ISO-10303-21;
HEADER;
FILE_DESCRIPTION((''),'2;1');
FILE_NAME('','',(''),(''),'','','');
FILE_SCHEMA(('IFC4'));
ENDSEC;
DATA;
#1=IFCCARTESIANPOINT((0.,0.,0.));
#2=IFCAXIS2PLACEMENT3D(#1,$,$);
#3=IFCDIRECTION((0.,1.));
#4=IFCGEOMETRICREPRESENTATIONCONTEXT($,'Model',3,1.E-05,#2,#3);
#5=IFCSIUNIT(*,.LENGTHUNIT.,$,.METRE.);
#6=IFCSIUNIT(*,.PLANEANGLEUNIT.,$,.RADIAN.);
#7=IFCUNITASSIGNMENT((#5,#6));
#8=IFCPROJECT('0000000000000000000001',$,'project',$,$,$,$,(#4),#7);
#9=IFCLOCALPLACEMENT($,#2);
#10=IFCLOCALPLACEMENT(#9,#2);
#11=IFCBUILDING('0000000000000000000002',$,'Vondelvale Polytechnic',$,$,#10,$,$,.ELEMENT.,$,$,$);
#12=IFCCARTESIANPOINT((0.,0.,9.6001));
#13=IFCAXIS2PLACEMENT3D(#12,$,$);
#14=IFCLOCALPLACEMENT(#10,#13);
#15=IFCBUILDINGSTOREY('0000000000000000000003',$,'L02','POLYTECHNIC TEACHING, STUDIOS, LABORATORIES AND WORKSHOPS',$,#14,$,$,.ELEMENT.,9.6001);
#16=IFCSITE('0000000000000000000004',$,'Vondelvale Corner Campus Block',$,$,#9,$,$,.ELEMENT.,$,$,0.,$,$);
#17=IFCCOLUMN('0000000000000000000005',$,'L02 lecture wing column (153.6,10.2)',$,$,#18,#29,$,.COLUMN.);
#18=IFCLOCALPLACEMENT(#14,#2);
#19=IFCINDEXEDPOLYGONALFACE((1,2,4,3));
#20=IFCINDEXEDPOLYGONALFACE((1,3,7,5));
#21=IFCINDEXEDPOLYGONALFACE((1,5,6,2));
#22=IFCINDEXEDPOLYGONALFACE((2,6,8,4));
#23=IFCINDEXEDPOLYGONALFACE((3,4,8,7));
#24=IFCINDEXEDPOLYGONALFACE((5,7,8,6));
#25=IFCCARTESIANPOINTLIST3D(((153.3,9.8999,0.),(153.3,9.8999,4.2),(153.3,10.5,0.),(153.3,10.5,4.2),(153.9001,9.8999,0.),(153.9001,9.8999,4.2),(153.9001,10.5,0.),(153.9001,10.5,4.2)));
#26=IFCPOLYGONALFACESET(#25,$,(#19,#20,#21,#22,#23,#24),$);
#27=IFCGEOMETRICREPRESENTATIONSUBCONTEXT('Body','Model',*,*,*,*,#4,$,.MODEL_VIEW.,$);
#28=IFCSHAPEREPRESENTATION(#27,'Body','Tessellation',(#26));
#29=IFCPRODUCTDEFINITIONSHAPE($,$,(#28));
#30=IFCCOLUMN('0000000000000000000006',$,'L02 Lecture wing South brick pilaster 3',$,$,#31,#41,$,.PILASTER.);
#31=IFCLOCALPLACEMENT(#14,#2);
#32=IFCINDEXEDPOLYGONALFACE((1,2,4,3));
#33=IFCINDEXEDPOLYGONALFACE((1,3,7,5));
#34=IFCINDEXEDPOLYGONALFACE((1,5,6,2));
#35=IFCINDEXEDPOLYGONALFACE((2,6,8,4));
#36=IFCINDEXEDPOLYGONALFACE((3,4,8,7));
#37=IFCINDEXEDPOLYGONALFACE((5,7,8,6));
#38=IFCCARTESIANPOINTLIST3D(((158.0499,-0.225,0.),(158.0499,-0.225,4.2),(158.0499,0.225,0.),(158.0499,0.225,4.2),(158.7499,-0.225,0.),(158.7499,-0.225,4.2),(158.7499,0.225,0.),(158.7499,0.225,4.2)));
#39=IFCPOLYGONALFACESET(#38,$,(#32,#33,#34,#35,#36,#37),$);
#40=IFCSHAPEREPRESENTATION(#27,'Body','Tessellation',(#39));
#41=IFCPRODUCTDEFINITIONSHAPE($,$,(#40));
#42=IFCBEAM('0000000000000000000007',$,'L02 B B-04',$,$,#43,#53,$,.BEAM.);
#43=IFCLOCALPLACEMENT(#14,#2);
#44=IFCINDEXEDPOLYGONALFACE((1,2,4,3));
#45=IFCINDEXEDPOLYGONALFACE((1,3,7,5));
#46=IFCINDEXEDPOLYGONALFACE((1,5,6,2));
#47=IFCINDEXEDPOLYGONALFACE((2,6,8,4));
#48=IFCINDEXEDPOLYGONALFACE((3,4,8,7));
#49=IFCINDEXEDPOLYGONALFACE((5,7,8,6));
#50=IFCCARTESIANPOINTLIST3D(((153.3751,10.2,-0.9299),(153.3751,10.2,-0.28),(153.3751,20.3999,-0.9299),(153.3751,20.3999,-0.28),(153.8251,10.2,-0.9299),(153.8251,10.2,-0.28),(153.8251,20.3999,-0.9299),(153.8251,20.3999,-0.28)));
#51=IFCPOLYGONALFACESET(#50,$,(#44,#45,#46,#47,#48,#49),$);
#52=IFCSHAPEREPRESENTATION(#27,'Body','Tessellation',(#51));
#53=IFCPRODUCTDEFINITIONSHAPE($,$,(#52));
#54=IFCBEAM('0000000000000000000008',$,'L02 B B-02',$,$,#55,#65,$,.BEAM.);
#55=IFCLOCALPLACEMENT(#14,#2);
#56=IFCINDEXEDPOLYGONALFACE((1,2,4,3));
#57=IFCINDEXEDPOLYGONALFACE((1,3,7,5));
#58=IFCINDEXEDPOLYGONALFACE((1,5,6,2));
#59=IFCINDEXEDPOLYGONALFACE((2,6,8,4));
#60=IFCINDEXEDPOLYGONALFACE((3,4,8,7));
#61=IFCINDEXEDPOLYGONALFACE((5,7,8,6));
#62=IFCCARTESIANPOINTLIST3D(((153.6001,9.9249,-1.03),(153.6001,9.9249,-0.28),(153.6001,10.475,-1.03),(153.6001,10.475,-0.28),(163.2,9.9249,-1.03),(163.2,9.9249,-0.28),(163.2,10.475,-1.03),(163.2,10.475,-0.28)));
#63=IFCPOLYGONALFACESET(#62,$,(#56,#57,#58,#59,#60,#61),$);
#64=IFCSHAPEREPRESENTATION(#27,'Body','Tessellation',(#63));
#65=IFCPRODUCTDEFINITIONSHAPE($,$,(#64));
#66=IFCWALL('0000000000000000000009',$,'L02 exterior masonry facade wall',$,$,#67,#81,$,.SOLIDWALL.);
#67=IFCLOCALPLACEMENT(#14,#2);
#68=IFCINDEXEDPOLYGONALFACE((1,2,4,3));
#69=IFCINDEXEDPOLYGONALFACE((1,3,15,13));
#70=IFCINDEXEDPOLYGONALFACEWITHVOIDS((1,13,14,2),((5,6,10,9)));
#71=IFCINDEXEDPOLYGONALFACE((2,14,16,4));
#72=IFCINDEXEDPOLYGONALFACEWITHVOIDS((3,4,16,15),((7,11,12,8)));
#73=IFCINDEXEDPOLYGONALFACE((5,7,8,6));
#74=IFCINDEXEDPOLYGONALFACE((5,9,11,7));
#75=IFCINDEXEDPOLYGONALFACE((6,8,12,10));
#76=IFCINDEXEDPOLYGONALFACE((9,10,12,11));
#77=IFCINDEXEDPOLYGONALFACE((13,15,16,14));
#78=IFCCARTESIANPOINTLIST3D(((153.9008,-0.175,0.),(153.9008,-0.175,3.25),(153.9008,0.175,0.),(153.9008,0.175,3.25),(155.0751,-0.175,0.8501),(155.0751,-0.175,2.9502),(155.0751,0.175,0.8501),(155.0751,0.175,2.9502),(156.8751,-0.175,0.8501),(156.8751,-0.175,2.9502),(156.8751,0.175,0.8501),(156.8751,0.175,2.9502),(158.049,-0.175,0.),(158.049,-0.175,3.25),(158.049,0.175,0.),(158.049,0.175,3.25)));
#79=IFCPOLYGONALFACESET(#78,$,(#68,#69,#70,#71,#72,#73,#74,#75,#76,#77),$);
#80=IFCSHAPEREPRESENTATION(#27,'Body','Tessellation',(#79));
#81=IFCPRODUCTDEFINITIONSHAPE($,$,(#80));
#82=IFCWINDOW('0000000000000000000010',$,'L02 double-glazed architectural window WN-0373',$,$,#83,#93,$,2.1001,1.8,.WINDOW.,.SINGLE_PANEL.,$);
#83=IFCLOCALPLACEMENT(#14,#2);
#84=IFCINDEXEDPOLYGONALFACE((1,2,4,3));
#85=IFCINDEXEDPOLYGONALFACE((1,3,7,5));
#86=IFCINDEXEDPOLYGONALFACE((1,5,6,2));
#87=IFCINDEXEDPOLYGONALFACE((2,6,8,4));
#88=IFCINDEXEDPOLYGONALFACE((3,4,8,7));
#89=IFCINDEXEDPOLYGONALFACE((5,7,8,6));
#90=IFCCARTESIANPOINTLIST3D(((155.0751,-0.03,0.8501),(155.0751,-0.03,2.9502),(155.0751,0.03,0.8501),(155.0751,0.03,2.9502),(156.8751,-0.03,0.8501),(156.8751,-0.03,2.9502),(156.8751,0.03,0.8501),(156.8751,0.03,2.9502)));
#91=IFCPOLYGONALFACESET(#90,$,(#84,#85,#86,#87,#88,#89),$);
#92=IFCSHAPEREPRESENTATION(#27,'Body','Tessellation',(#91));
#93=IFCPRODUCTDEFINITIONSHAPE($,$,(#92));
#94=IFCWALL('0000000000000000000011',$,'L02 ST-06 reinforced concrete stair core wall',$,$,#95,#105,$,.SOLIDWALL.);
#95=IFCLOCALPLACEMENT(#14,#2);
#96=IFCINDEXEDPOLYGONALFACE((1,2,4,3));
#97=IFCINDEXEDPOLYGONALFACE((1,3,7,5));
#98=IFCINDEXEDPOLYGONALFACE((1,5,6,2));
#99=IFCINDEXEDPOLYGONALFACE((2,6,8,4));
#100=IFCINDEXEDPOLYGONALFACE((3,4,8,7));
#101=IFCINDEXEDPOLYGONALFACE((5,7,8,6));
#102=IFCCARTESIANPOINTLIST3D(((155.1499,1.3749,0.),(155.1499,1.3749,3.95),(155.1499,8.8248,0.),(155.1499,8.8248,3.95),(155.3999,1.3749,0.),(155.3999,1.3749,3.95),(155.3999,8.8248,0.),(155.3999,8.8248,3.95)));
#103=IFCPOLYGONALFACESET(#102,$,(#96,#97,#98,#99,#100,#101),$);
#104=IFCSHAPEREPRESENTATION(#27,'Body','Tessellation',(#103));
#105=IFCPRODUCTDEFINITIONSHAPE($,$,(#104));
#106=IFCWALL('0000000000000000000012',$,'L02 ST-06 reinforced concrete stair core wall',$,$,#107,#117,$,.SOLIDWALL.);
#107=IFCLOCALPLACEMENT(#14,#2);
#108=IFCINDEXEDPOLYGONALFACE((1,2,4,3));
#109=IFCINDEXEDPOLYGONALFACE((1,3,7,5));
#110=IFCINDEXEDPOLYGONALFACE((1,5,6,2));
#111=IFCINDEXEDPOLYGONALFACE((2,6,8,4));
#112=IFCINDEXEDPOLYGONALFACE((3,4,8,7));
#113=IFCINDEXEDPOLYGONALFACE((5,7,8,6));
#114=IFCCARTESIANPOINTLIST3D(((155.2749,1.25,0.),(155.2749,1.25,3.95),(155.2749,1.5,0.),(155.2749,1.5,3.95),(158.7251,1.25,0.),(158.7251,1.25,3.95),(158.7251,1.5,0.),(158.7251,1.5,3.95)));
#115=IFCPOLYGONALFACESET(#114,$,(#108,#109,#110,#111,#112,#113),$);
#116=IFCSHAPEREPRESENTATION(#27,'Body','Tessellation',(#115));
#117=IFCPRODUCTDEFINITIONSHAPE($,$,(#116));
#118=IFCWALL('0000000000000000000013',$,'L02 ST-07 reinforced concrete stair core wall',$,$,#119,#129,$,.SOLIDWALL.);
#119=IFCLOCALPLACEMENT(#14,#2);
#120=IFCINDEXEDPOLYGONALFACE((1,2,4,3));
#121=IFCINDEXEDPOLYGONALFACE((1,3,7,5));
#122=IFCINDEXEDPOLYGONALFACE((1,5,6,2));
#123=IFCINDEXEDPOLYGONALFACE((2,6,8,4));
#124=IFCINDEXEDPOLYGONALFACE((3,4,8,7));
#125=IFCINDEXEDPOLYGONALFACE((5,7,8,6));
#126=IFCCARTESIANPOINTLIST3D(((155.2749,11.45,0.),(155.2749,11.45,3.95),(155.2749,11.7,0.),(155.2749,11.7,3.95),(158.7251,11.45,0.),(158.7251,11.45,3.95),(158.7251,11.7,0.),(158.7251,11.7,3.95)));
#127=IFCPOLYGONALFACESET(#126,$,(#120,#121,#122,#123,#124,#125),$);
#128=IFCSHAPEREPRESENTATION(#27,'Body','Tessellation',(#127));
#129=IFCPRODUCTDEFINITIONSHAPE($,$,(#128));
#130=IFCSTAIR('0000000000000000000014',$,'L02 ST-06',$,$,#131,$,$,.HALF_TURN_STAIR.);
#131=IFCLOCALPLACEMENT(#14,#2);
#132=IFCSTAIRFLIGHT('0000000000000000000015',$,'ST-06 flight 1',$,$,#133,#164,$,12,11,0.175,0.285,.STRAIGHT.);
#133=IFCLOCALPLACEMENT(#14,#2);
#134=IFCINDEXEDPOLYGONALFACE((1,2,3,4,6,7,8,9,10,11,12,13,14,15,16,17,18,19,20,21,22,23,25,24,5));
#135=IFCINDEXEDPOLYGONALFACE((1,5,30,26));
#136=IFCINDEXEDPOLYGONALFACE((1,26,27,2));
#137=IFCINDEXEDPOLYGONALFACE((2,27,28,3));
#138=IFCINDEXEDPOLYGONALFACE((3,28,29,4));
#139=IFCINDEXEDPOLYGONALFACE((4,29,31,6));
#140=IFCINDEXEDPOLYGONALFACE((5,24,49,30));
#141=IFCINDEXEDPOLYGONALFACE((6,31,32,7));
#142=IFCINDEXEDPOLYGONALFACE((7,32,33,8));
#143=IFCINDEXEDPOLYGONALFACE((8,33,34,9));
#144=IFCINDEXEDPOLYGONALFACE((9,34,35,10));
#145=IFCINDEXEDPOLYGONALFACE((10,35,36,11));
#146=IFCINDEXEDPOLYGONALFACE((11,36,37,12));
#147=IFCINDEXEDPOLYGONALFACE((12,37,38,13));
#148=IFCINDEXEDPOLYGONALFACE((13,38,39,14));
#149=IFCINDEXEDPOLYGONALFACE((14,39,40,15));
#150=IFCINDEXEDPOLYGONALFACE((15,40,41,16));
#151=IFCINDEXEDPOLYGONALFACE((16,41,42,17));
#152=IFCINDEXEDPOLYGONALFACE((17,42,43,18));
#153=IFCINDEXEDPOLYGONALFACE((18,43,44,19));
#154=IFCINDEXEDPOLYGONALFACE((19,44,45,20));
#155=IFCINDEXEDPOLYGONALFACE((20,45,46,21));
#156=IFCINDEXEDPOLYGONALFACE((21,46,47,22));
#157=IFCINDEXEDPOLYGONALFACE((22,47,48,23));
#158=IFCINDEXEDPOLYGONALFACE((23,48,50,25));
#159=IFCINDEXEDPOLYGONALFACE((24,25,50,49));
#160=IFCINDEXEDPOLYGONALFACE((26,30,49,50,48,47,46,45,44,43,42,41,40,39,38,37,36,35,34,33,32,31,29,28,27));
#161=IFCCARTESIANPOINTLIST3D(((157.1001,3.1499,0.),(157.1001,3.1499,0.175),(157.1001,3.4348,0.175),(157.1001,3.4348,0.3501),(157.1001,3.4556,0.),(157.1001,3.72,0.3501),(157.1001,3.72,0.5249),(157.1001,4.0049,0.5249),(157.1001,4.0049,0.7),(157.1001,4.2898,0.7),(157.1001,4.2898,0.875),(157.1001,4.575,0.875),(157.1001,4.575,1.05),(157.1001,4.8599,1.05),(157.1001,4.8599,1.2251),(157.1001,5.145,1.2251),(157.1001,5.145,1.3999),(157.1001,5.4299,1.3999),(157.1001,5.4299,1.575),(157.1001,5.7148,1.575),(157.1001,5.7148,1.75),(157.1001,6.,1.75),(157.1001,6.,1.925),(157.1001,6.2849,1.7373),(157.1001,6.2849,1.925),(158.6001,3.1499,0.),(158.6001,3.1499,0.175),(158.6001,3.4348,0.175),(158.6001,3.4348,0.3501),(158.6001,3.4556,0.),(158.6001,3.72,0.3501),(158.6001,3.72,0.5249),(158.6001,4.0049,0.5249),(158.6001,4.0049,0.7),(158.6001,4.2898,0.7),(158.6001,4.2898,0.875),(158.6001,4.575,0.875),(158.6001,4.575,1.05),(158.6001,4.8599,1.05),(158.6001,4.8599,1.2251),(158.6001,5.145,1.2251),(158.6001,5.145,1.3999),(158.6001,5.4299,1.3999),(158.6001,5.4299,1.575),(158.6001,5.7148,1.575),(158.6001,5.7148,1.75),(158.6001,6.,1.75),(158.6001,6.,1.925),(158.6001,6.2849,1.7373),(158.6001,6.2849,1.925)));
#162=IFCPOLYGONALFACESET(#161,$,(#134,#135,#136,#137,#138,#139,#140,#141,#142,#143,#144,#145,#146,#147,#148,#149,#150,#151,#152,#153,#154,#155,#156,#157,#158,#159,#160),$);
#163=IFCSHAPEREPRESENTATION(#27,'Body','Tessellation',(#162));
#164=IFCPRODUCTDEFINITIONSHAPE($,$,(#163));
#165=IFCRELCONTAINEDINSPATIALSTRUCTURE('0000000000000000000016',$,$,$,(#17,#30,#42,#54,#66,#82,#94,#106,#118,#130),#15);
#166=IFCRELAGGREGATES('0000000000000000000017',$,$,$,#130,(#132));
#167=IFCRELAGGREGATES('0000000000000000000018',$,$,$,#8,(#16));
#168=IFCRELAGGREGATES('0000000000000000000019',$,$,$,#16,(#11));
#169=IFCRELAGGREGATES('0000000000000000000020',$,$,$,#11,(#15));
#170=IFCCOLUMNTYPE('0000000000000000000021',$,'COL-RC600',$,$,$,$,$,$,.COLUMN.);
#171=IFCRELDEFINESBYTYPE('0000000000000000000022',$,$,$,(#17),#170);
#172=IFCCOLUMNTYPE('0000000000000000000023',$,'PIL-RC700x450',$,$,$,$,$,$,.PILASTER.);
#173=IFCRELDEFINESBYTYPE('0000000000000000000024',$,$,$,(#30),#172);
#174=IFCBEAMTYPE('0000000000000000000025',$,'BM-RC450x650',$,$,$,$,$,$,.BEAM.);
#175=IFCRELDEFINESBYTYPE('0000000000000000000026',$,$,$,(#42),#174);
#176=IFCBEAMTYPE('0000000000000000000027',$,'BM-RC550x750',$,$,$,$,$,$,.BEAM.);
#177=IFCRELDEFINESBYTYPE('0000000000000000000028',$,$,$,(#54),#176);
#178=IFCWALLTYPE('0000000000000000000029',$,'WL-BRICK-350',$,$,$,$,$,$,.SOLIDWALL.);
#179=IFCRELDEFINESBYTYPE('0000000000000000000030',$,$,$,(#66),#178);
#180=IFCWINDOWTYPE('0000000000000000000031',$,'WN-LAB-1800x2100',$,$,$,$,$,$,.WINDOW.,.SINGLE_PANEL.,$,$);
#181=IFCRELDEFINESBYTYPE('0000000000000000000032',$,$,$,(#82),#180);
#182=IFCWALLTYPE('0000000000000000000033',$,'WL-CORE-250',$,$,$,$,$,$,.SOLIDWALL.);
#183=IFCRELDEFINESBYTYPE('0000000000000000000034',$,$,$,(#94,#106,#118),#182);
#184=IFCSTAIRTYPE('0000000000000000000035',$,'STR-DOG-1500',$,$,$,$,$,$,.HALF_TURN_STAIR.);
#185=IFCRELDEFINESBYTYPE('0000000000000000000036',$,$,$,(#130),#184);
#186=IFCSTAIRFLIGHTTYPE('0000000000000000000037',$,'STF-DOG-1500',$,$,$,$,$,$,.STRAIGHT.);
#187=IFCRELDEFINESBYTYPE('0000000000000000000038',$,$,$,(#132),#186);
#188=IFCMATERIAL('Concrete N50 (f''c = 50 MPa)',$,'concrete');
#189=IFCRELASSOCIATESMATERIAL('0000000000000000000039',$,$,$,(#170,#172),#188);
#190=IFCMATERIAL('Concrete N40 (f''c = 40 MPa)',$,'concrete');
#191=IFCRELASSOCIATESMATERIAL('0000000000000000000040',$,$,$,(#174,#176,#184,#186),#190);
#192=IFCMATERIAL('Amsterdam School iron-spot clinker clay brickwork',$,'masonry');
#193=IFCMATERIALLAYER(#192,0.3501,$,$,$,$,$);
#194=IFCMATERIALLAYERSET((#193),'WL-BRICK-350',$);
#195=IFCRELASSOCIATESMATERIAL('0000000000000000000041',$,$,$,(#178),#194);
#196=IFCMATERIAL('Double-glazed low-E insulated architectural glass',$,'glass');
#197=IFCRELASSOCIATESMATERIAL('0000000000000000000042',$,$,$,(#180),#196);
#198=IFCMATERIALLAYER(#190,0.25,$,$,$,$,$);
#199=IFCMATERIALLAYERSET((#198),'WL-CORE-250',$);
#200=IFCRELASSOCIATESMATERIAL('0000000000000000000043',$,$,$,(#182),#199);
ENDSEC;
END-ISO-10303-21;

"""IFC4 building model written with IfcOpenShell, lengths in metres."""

from ifc_helpers import new_model, si_unit, direction, frame, frame_2d, origin, origin_2d, place, context, subcontext, project, spatial, polyline, rectangle, outline, extrude, material, layer, layer_set, material_profile, profile_set, type_object, element, fill, aggregate, save


model = new_model("IFC4")

# Units and contexts
model_context = context("Model", 3, precision=1e-05, world=origin(), true_north=direction((0.0, 1.0)))
body_context = subcontext(model_context, "Body", "Model", "MODEL_VIEW")
ifc_project = project(units=[si_unit("LENGTHUNIT", "METRE"), si_unit("PLANEANGLEUNIT", "RADIAN")], contexts=[model_context])

# Site, building, storey
site_placement = place(None, origin())
site = spatial("IfcSite", under=ifc_project, at=site_placement, Name="Vondelvale Corner Campus Block", CompositionType="ELEMENT", RefElevation=0.0)
building_placement = place(site_placement, origin())
building = spatial("IfcBuilding", under=site, at=building_placement, Name="Vondelvale Polytechnic", CompositionType="ELEMENT")
storey_placement = place(building_placement, frame((0.0, 0.0, 9.6001)))
storey = spatial("IfcBuildingStorey", under=building, at=storey_placement, Name="L02", Description="POLYTECHNIC TEACHING, STUDIOS, LABORATORIES AND WORKSHOPS", CompositionType="ELEMENT", Elevation=9.6001)

# Columns
ifc_material_1 = material(Name="Concrete N50 (f'c = 50 MPa)", Category="concrete")
ifc_material_profile_1 = material_profile(ifc_material_1, rectangle(XDim=0.6001, YDim=0.6001, at=origin_2d()), Name="RC-COL-600x600")
ifc_profile_set_1 = profile_set([ifc_material_profile_1], Name="Concrete N50 (f'c = 50 MPa)")
column_type_1 = type_object("IfcColumnType", Name="COL-RC600", PredefinedType="COLUMN", material=ifc_profile_set_1)
column_1_placement = place(storey_placement, frame((153.6001, 10.2, 0.0), z_axis=(0.0, 0.0, 1.0), x_axis=(1.0, 0.0, 0.0)))
element("IfcColumn", 1, at=column_1_placement, inside=storey, type_object=column_type_1, Name="L02 lecture wing column (153.6,10.2)", PredefinedType="COLUMN", context=body_context, shape_type="SweptSolid", body=[
    extrude(rectangle(XDim=0.6001, YDim=0.6001, at=origin_2d()), origin(), (0.0, 0.0, 1.0), 4.2),
])
ifc_material_profile_2 = material_profile(ifc_material_1, rectangle(XDim=0.45, YDim=0.7, at=origin_2d()), Name="RC-PIL-700x450")
ifc_profile_set_2 = profile_set([ifc_material_profile_2], Name="Concrete N50 (f'c = 50 MPa)")
column_type_2 = type_object("IfcColumnType", Name="PIL-RC700x450", PredefinedType="PILASTER", material=ifc_profile_set_2)
column_2_placement = place(storey_placement, frame((158.3999, 0.0, 0.0), z_axis=(0.0, 0.0, 1.0), x_axis=(0.0, 1.0, 0.0)))
element("IfcColumn", 2, at=column_2_placement, inside=storey, type_object=column_type_2, Name="L02 Lecture wing South brick pilaster 3", PredefinedType="PILASTER", context=body_context, shape_type="SweptSolid", body=[
    extrude(rectangle(XDim=0.45, YDim=0.7, at=origin_2d()), origin(), (0.0, 0.0, 1.0), 4.2),
])

# Beams
ifc_material_2 = material(Name="Concrete N40 (f'c = 40 MPa)", Category="concrete")
ifc_material_profile_3 = material_profile(ifc_material_2, rectangle(XDim=0.45, YDim=0.6499, at=origin_2d()), Name="RC-BM-450x650")
ifc_profile_set_3 = profile_set([ifc_material_profile_3], Name="Concrete N40 (f'c = 40 MPa)")
beam_type_1 = type_object("IfcBeamType", Name="BM-RC450x650", PredefinedType="BEAM", material=ifc_profile_set_3)
beam_1_placement = place(storey_placement, frame((153.6001, 10.2, -0.605), z_axis=(0.0, 1.0, 0.0), x_axis=(-1.0, 0.0, 0.0)))
element("IfcBeam", 3, at=beam_1_placement, inside=storey, type_object=beam_type_1, Name="L02 B B-04", PredefinedType="BEAM", context=body_context, shape_type="SweptSolid", body=[
    extrude(rectangle(XDim=0.45, YDim=0.6499, at=origin_2d()), origin(), (0.0, 0.0, 1.0), 10.2),
])
ifc_material_profile_4 = material_profile(ifc_material_2, rectangle(XDim=0.55, YDim=0.75, at=origin_2d()), Name="RC-BM-550x750")
ifc_profile_set_4 = profile_set([ifc_material_profile_4], Name="Concrete N40 (f'c = 40 MPa)")
beam_type_2 = type_object("IfcBeamType", Name="BM-RC550x750", PredefinedType="BEAM", material=ifc_profile_set_4)
beam_2_placement = place(storey_placement, frame((153.6001, 10.2, -0.655), z_axis=(1.0, 0.0, 0.0), x_axis=(0.0, 1.0, 0.0)))
element("IfcBeam", 4, at=beam_2_placement, inside=storey, type_object=beam_type_2, Name="L02 B B-02", PredefinedType="BEAM", context=body_context, shape_type="SweptSolid", body=[
    extrude(rectangle(XDim=0.55, YDim=0.75, at=origin_2d()), origin(), (0.0, 0.0, 1.0), 9.5999),
])

# Wall, opening, window
ifc_material_3 = material(Name="Amsterdam School iron-spot clinker clay brickwork", Category="masonry")
ifc_layer_1 = layer(ifc_material_3, 0.3501)
ifc_layer_set_1 = layer_set([ifc_layer_1], Name="WL-BRICK-350")
wall_type_1 = type_object("IfcWallType", Name="WL-BRICK-350", PredefinedType="SOLIDWALL", material=ifc_layer_set_1)
wall_1_placement = place(storey_placement, frame((158.0491, 0.0, 0.0), z_axis=(0.0, 0.0, 1.0), x_axis=(-1.0, 0.0, 0.0)))
wall_1 = element("IfcWall", 5, at=wall_1_placement, inside=storey, type_object=wall_type_1, Name="L02 exterior masonry facade wall", PredefinedType="SOLIDWALL", context=body_context, shape_type="SweptSolid", body=[
    extrude(rectangle(XDim=4.1482, YDim=0.3501, at=frame_2d((2.0742, 0.0))), origin(), (0.0, 0.0, 1.0), 3.25),
])
opening_placement = place(wall_1_placement, frame((1.1741, 0.0, 0.8501)))
opening = element("IfcOpeningElement", 6, at=opening_placement, cuts=wall_1, PredefinedType="OPENING", context=body_context, shape_type="SweptSolid", body=[
    extrude(rectangle(XDim=1.8, YDim=2.1001, at=frame_2d((0.8999, 1.05))), frame((0.0, 0.1851, 0.0), z_axis=(0.0, -1.0, 0.0), x_axis=(1.0, 0.0, 0.0)), (0.0, 0.0, 1.0), 0.3701),
])
ifc_material_4 = material(Name="Double-glazed low-E insulated architectural glass", Category="glass")
window_type = type_object("IfcWindowType", Name="WN-LAB-1800x2100", PartitioningType="SINGLE_PANEL", PredefinedType="WINDOW", material=ifc_material_4)
window_placement = place(opening_placement, origin())
window = element("IfcWindow", 7, at=window_placement, inside=storey, type_object=window_type, Name="L02 double-glazed architectural window WN-0373", OverallHeight=2.1001, OverallWidth=1.8, PartitioningType="SINGLE_PANEL", PredefinedType="WINDOW", context=body_context, shape_type="SweptSolid", body=[
    extrude(rectangle(XDim=1.8, YDim=2.1001, at=frame_2d((0.8999, 1.05))), frame((0.0, 0.03, 0.0), z_axis=(0.0, -1.0, 0.0), x_axis=(1.0, 0.0, 0.0)), (0.0, 0.0, 1.0), 0.0601),
])
fill(opening, window)

# Walls
ifc_layer_2 = layer(ifc_material_2, 0.25)
ifc_layer_set_2 = layer_set([ifc_layer_2], Name="WL-CORE-250")
wall_type_2 = type_object("IfcWallType", Name="WL-CORE-250", PredefinedType="SOLIDWALL", material=ifc_layer_set_2)
wall_2_placement = place(storey_placement, frame((155.2749, 8.825, 0.0), z_axis=(0.0, 0.0, 1.0), x_axis=(0.0, -1.0, 0.0)))
element("IfcWall", 8, at=wall_2_placement, inside=storey, type_object=wall_type_2, Name="L02 ST-06 reinforced concrete stair core wall", PredefinedType="SOLIDWALL", context=body_context, shape_type="SweptSolid", body=[
    extrude(rectangle(XDim=7.45, YDim=0.25, at=frame_2d((3.7251, 0.0))), origin(), (0.0, 0.0, 1.0), 3.95),
])
for number, where, z_axis, x_axis, name in (
    (9, (155.2749, 1.375, 0.0), (0.0, 0.0, 1.0), (1.0, 0.0, 0.0), "L02 ST-06 reinforced concrete stair core wall"),
    (10, (155.2749, 11.575, 0.0), (0.0, 0.0, 1.0), (1.0, 0.0, 0.0), "L02 ST-07 reinforced concrete stair core wall"),
):
    element("IfcWall", number, at=place(storey_placement, frame(where, z_axis=z_axis, x_axis=x_axis)), inside=storey, type_object=wall_type_2, Name=name, PredefinedType="SOLIDWALL", context=body_context, shape_type="SweptSolid", body=[
        extrude(rectangle(XDim=3.4502, YDim=0.25, at=frame_2d((1.7251, 0.0))), origin(), (0.0, 0.0, 1.0), 3.95),
    ])

# Stair, stair flight
stair_type = type_object("IfcStairType", Name="STR-DOG-1500", PredefinedType="HALF_TURN_STAIR", material=ifc_material_2)
stair_1_placement = place(storey_placement, origin())
stair_1 = element("IfcStair", 11, at=stair_1_placement, inside=storey, type_object=stair_type, Name="L02 ST-06", PredefinedType="HALF_TURN_STAIR")
stair_flight_type = type_object("IfcStairFlightType", Name="STF-DOG-1500", PredefinedType="STRAIGHT", material=ifc_material_2)
stair_flight_1_placement = place(storey_placement, frame((157.8501, 3.1499, 0.0), z_axis=(0.0, 0.0, 1.0), x_axis=(0.0, 1.0, 0.0)))
stair_flight_1 = element("IfcStairFlight", 12, at=stair_flight_1_placement, type_object=stair_flight_type, Name="ST-06 flight 1", NumberOfRisers=12, NumberOfTreads=11, PredefinedType="STRAIGHT", RiserHeight=0.175, TreadLength=0.285, context=body_context, shape_type="SweptSolid", body=[
    extrude(outline(polyline([(0.0, 0.0), (0.0, 0.175), (0.2849, 0.175), (0.2849, 0.3501), (0.5701, 0.3501), (0.5701, 0.5249), (0.855, 0.5249), (0.855, 0.7), (1.1399, 0.7), (1.1399, 0.875), (1.425, 0.875), (1.425, 1.05), (1.71, 1.05), (1.71, 1.2251), (1.9951, 1.2251), (1.9951, 1.3999), (2.28, 1.3999), (2.28, 1.575), (2.5649, 1.575), (2.5649, 1.75), (2.8501, 1.75), (2.8501, 1.925), (3.135, 1.925), (3.135, 2.1001), (3.135, 1.7373), (0.3057, 0.0), (0.0, 0.0)])), frame((0.0, 0.75, 0.0), z_axis=(0.0, -1.0, 0.0), x_axis=(1.0, 0.0, 0.0)), (0.0, 0.0, 1.0), 1.5),
])
aggregate(stair_1, [stair_flight_1])

save(model, "model.ifc")
